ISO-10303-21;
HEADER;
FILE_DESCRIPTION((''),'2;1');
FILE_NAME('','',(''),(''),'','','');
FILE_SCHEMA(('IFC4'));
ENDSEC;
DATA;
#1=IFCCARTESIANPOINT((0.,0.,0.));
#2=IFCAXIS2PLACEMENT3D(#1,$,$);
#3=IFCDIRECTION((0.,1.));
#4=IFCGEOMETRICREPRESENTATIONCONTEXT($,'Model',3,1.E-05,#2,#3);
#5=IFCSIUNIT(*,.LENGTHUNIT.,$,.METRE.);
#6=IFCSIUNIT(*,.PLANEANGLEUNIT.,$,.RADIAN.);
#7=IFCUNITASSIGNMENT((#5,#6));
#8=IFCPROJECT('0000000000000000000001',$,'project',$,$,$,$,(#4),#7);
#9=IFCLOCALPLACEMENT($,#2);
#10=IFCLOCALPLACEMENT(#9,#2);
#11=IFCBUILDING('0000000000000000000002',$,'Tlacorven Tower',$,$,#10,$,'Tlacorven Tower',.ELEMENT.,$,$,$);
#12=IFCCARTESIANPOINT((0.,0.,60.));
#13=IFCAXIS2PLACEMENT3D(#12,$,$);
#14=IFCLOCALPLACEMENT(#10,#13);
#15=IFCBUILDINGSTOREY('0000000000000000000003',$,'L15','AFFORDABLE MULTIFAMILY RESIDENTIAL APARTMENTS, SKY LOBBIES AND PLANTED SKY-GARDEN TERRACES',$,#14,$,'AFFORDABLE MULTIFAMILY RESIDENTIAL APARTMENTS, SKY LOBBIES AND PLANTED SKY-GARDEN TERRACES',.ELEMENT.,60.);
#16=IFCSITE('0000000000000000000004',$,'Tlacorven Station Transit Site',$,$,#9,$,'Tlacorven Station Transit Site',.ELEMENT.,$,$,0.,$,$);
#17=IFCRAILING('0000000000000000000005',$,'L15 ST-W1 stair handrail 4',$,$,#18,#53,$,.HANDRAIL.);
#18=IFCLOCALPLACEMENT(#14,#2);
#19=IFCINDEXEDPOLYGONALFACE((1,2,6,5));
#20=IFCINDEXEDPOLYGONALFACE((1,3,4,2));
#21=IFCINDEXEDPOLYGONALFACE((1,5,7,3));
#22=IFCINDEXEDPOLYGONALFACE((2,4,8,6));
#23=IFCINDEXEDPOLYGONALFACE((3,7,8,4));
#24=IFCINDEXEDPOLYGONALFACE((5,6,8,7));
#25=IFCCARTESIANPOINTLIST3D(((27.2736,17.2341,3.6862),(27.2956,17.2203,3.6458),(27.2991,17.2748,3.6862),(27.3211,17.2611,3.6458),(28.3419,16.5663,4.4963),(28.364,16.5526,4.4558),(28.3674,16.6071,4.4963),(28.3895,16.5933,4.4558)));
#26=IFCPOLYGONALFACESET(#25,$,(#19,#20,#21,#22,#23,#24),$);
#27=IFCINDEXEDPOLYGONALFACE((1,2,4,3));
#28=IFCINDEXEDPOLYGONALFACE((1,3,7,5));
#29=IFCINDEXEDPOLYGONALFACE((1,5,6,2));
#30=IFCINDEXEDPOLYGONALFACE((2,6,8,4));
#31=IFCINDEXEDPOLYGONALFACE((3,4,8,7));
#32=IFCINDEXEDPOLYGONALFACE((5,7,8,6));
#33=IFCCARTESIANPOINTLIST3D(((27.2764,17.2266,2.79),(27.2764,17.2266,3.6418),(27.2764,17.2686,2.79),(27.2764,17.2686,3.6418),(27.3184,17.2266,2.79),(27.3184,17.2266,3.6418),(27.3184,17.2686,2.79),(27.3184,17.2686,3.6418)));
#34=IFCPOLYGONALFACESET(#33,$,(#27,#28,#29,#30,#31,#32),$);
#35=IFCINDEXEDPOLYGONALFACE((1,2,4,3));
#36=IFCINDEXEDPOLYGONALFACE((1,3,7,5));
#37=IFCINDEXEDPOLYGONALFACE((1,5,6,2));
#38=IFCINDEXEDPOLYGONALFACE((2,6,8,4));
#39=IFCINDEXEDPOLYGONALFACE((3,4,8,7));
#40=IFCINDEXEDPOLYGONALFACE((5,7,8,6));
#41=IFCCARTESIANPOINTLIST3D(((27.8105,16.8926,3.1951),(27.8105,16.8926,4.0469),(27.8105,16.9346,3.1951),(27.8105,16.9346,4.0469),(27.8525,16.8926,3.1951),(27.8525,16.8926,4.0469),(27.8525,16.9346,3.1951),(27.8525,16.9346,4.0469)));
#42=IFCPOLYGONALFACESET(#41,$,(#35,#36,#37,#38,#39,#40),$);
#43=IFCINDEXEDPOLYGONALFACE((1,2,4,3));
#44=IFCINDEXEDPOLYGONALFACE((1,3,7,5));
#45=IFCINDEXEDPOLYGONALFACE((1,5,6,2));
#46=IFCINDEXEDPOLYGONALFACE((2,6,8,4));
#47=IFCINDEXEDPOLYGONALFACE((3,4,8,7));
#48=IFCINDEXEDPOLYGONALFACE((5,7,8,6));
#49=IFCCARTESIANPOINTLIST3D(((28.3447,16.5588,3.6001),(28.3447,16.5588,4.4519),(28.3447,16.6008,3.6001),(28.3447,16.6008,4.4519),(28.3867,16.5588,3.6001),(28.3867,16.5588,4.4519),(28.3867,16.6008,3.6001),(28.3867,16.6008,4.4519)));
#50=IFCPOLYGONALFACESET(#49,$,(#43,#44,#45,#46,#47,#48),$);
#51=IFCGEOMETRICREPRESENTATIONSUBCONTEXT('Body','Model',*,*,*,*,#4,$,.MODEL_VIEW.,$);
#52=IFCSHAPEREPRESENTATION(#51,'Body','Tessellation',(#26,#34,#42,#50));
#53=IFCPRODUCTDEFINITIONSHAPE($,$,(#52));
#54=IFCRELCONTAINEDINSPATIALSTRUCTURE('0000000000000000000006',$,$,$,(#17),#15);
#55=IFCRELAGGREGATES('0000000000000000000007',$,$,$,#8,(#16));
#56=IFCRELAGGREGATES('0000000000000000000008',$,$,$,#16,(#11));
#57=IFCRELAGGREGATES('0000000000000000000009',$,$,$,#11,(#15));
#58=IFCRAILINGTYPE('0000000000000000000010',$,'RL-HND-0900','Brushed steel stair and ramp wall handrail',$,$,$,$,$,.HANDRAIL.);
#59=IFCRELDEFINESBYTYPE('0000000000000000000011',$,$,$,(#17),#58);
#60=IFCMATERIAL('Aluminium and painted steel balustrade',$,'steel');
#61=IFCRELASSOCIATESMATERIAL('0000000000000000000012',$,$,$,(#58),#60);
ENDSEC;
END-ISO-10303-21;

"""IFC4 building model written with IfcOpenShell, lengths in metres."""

from ifc_helpers import new_model, si_unit, direction, frame, origin, origin_2d, place, context, subcontext, project, spatial, rectangle, extrude, source, transform, mapped, material, type_object, element, save


model = new_model("IFC4")

# Units and contexts
model_context = context("Model", 3, precision=1e-05, world=origin(), true_north=direction((0.0, 1.0)))
body_context = subcontext(model_context, "Body", "Model", "MODEL_VIEW")
ifc_project = project(units=[si_unit("LENGTHUNIT", "METRE"), si_unit("PLANEANGLEUNIT", "RADIAN")], contexts=[model_context])

# Site, building, storey
site_placement = place(None, origin())
site = spatial("IfcSite", under=ifc_project, at=site_placement, Name="Tlacorven Station Transit Site", LongName="Tlacorven Station Transit Site", CompositionType="ELEMENT", RefElevation=0.0)
building_placement = place(site_placement, origin())
building = spatial("IfcBuilding", under=site, at=building_placement, Name="Tlacorven Tower", LongName="Tlacorven Tower", CompositionType="ELEMENT")
storey_placement = place(building_placement, frame((0.0, 0.0, 60.0)))
storey = spatial("IfcBuildingStorey", under=building, at=storey_placement, Name="L15", Description="AFFORDABLE MULTIFAMILY RESIDENTIAL APARTMENTS, SKY LOBBIES AND PLANTED SKY-GARDEN TERRACES", LongName="AFFORDABLE MULTIFAMILY RESIDENTIAL APARTMENTS, SKY LOBBIES AND PLANTED SKY-GARDEN TERRACES", CompositionType="ELEMENT", Elevation=60.0)

# Railing
ifc_material_1 = material(Name="Aluminium and painted steel balustrade", Category="steel")
railing_type_1 = type_object("IfcRailingType", Name="RL-HND-0900", Description="Brushed steel stair and ramp wall handrail", PredefinedType="HANDRAIL", material=ifc_material_1)
shared_shape_1 = source(origin(), body_context, "Body", "SweptSolid", [
    extrude(rectangle(XDim=0.0481, YDim=0.0481, at=origin_2d()), frame((0.0, 0.0, 0.876), z_axis=(0.71328, -0.4458, 0.540828), x_axis=(0.529999, 0.847998, 0.0)), (0.0, 0.0, 1.0), 1.4978),
    extrude(rectangle(XDim=0.042, YDim=0.042, at=origin_2d()), origin(), (0.0, 0.0, 1.0), 0.8518),
    extrude(rectangle(XDim=0.042, YDim=0.042, at=origin_2d()), frame((0.5342, -0.334, 0.405)), (0.0, 0.0, 1.0), 0.8518),
    extrude(rectangle(XDim=0.042, YDim=0.042, at=origin_2d()), frame((1.0684, -0.6677, 0.8101)), (0.0, 0.0, 1.0), 0.8518),
])
railing_1_placement = place(storey_placement, frame((27.2974, 17.2476, 2.79)))
element("IfcRailing", 1, at=railing_1_placement, inside=storey, type_object=railing_type_1, Name="L15 ST-W1 stair handrail 4", PredefinedType="HANDRAIL", context=body_context, shape_type="MappedRepresentation", body=[
    mapped(shared_shape_1, transform((0.0, 0.0, 0.0), scale=1.0)),
])

save(model, "model.ifc")
